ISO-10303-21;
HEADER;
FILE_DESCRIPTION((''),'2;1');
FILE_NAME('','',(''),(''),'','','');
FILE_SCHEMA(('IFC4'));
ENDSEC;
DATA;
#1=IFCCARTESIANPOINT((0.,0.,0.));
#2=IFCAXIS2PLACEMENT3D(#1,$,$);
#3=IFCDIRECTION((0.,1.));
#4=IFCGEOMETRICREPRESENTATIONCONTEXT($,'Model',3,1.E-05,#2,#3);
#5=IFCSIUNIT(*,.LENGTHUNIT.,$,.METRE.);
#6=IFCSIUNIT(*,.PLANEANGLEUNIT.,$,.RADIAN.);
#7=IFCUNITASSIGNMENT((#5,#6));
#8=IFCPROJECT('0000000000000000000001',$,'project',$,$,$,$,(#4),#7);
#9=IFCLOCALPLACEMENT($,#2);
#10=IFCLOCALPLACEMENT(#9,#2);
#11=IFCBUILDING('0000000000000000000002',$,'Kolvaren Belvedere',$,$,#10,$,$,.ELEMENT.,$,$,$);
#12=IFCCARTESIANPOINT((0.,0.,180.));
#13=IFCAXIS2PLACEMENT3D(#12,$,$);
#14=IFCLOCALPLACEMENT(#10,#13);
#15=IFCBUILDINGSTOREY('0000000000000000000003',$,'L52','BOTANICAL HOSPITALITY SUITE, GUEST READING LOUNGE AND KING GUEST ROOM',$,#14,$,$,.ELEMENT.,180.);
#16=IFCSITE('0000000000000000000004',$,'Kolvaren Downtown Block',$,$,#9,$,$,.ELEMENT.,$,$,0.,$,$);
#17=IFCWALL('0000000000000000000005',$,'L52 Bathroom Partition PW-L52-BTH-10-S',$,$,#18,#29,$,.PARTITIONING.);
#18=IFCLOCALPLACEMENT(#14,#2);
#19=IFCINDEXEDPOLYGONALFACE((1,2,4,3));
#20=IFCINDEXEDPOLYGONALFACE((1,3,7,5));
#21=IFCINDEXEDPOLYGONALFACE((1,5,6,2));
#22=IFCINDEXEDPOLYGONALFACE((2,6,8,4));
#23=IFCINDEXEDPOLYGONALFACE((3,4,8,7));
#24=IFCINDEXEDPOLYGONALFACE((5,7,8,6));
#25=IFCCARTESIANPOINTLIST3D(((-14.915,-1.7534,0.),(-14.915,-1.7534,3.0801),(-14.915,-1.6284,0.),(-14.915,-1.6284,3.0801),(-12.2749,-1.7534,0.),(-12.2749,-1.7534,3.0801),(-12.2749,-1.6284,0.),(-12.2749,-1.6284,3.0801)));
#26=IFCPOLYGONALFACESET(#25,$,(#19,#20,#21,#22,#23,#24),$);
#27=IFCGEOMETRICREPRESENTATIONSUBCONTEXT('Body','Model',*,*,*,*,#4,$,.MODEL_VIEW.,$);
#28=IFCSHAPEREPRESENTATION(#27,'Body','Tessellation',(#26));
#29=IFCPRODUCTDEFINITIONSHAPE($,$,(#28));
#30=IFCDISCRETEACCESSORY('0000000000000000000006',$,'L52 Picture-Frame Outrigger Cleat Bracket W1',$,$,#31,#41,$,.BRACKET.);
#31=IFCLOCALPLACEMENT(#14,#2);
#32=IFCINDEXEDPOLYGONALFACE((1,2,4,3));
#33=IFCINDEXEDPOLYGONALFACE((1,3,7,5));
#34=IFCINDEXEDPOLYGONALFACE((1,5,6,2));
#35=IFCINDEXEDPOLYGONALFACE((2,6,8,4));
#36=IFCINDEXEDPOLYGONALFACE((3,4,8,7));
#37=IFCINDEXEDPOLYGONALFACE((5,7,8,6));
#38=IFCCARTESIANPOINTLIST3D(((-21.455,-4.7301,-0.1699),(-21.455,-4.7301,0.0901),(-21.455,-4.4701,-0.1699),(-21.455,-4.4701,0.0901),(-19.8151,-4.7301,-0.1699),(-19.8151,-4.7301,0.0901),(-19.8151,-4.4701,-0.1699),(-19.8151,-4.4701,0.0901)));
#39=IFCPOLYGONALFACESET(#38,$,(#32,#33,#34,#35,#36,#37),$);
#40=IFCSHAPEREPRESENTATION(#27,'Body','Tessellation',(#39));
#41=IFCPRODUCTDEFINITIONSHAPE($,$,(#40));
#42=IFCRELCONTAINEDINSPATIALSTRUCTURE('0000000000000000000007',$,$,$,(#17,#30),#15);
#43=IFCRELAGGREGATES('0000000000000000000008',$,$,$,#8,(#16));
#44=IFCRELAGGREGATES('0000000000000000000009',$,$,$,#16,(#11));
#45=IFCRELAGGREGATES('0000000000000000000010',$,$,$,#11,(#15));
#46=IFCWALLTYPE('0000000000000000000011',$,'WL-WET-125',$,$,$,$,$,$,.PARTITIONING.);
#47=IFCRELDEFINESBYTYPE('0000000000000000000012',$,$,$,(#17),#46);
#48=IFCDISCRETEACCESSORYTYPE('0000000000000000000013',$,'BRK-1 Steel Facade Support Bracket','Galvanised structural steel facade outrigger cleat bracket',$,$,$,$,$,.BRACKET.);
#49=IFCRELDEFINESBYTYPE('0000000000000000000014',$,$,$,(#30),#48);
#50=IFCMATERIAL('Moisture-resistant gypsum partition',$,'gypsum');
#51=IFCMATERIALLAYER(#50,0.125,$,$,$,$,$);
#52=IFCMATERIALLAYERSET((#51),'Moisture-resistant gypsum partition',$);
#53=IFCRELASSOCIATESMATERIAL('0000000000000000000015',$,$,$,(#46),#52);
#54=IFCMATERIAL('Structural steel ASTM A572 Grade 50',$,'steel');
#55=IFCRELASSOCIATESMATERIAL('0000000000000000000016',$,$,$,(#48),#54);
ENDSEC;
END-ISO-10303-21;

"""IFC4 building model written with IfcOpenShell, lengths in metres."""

from ifc_helpers import new_model, si_unit, direction, frame, frame_2d, origin, origin_2d, place, context, subcontext, project, spatial, rectangle, extrude, material, layer, layer_set, type_object, element, save


model = new_model("IFC4")

# Units and contexts
model_context = context("Model", 3, precision=1e-05, world=origin(), true_north=direction((0.0, 1.0)))
body_context = subcontext(model_context, "Body", "Model", "MODEL_VIEW")
ifc_project = project(units=[si_unit("LENGTHUNIT", "METRE"), si_unit("PLANEANGLEUNIT", "RADIAN")], contexts=[model_context])

# Site, building, storey
site_placement = place(None, origin())
site = spatial("IfcSite", under=ifc_project, at=site_placement, Name="Kolvaren Downtown Block", CompositionType="ELEMENT", RefElevation=0.0)
building_placement = place(site_placement, origin())
building = spatial("IfcBuilding", under=site, at=building_placement, Name="Kolvaren Belvedere", CompositionType="ELEMENT")
storey_placement = place(building_placement, frame((0.0, 0.0, 180.0)))
storey = spatial("IfcBuildingStorey", under=building, at=storey_placement, Name="L52", Description="BOTANICAL HOSPITALITY SUITE, GUEST READING LOUNGE AND KING GUEST ROOM", CompositionType="ELEMENT", Elevation=180.0)

# Shared definitions
ifc_material_1 = material(Name="Moisture-resistant gypsum partition", Category="gypsum")
ifc_layer_1 = layer(ifc_material_1, 0.125)
ifc_layer_set_1 = layer_set([ifc_layer_1], Name="Moisture-resistant gypsum partition")
wall_type_1 = type_object("IfcWallType", Name="WL-WET-125", PredefinedType="PARTITIONING", material=ifc_layer_set_1)

# Wall
wall_1_placement = place(storey_placement, frame((-14.915, -1.6909, 0.0), z_axis=(0.0, 0.0, 1.0), x_axis=(1.0, 0.0, 0.0)))
element("IfcWall", 1, at=wall_1_placement, inside=storey, type_object=wall_type_1, Name="L52 Bathroom Partition PW-L52-BTH-10-S", PredefinedType="PARTITIONING", context=body_context, shape_type="SweptSolid", body=[
    extrude(rectangle(XDim=2.6401, YDim=0.125, at=frame_2d((1.3201, 0.0))), origin(), (0.0, 0.0, 1.0), 3.0801),
])

# Discrete accessory
ifc_material_2 = material(Name="Structural steel ASTM A572 Grade 50", Category="steel")
discrete_accessory_type = type_object("IfcDiscreteAccessoryType", Name="BRK-1 Steel Facade Support Bracket", Description="Galvanised structural steel facade outrigger cleat bracket", PredefinedType="BRACKET", material=ifc_material_2)
discrete_accessory_placement = place(storey_placement, frame((-20.635, -4.6001, -0.1699), z_axis=(0.0, 0.0, 1.0), x_axis=(1.0, 0.0, 0.0)))
element("IfcDiscreteAccessory", 2, at=discrete_accessory_placement, inside=storey, type_object=discrete_accessory_type, Name="L52 Picture-Frame Outrigger Cleat Bracket W1", PredefinedType="BRACKET", context=body_context, shape_type="SweptSolid", body=[
    extrude(rectangle(XDim=1.6399, YDim=0.26, at=origin_2d()), origin(), (0.0, 0.0, 1.0), 0.26),
])

save(model, "model.ifc")
